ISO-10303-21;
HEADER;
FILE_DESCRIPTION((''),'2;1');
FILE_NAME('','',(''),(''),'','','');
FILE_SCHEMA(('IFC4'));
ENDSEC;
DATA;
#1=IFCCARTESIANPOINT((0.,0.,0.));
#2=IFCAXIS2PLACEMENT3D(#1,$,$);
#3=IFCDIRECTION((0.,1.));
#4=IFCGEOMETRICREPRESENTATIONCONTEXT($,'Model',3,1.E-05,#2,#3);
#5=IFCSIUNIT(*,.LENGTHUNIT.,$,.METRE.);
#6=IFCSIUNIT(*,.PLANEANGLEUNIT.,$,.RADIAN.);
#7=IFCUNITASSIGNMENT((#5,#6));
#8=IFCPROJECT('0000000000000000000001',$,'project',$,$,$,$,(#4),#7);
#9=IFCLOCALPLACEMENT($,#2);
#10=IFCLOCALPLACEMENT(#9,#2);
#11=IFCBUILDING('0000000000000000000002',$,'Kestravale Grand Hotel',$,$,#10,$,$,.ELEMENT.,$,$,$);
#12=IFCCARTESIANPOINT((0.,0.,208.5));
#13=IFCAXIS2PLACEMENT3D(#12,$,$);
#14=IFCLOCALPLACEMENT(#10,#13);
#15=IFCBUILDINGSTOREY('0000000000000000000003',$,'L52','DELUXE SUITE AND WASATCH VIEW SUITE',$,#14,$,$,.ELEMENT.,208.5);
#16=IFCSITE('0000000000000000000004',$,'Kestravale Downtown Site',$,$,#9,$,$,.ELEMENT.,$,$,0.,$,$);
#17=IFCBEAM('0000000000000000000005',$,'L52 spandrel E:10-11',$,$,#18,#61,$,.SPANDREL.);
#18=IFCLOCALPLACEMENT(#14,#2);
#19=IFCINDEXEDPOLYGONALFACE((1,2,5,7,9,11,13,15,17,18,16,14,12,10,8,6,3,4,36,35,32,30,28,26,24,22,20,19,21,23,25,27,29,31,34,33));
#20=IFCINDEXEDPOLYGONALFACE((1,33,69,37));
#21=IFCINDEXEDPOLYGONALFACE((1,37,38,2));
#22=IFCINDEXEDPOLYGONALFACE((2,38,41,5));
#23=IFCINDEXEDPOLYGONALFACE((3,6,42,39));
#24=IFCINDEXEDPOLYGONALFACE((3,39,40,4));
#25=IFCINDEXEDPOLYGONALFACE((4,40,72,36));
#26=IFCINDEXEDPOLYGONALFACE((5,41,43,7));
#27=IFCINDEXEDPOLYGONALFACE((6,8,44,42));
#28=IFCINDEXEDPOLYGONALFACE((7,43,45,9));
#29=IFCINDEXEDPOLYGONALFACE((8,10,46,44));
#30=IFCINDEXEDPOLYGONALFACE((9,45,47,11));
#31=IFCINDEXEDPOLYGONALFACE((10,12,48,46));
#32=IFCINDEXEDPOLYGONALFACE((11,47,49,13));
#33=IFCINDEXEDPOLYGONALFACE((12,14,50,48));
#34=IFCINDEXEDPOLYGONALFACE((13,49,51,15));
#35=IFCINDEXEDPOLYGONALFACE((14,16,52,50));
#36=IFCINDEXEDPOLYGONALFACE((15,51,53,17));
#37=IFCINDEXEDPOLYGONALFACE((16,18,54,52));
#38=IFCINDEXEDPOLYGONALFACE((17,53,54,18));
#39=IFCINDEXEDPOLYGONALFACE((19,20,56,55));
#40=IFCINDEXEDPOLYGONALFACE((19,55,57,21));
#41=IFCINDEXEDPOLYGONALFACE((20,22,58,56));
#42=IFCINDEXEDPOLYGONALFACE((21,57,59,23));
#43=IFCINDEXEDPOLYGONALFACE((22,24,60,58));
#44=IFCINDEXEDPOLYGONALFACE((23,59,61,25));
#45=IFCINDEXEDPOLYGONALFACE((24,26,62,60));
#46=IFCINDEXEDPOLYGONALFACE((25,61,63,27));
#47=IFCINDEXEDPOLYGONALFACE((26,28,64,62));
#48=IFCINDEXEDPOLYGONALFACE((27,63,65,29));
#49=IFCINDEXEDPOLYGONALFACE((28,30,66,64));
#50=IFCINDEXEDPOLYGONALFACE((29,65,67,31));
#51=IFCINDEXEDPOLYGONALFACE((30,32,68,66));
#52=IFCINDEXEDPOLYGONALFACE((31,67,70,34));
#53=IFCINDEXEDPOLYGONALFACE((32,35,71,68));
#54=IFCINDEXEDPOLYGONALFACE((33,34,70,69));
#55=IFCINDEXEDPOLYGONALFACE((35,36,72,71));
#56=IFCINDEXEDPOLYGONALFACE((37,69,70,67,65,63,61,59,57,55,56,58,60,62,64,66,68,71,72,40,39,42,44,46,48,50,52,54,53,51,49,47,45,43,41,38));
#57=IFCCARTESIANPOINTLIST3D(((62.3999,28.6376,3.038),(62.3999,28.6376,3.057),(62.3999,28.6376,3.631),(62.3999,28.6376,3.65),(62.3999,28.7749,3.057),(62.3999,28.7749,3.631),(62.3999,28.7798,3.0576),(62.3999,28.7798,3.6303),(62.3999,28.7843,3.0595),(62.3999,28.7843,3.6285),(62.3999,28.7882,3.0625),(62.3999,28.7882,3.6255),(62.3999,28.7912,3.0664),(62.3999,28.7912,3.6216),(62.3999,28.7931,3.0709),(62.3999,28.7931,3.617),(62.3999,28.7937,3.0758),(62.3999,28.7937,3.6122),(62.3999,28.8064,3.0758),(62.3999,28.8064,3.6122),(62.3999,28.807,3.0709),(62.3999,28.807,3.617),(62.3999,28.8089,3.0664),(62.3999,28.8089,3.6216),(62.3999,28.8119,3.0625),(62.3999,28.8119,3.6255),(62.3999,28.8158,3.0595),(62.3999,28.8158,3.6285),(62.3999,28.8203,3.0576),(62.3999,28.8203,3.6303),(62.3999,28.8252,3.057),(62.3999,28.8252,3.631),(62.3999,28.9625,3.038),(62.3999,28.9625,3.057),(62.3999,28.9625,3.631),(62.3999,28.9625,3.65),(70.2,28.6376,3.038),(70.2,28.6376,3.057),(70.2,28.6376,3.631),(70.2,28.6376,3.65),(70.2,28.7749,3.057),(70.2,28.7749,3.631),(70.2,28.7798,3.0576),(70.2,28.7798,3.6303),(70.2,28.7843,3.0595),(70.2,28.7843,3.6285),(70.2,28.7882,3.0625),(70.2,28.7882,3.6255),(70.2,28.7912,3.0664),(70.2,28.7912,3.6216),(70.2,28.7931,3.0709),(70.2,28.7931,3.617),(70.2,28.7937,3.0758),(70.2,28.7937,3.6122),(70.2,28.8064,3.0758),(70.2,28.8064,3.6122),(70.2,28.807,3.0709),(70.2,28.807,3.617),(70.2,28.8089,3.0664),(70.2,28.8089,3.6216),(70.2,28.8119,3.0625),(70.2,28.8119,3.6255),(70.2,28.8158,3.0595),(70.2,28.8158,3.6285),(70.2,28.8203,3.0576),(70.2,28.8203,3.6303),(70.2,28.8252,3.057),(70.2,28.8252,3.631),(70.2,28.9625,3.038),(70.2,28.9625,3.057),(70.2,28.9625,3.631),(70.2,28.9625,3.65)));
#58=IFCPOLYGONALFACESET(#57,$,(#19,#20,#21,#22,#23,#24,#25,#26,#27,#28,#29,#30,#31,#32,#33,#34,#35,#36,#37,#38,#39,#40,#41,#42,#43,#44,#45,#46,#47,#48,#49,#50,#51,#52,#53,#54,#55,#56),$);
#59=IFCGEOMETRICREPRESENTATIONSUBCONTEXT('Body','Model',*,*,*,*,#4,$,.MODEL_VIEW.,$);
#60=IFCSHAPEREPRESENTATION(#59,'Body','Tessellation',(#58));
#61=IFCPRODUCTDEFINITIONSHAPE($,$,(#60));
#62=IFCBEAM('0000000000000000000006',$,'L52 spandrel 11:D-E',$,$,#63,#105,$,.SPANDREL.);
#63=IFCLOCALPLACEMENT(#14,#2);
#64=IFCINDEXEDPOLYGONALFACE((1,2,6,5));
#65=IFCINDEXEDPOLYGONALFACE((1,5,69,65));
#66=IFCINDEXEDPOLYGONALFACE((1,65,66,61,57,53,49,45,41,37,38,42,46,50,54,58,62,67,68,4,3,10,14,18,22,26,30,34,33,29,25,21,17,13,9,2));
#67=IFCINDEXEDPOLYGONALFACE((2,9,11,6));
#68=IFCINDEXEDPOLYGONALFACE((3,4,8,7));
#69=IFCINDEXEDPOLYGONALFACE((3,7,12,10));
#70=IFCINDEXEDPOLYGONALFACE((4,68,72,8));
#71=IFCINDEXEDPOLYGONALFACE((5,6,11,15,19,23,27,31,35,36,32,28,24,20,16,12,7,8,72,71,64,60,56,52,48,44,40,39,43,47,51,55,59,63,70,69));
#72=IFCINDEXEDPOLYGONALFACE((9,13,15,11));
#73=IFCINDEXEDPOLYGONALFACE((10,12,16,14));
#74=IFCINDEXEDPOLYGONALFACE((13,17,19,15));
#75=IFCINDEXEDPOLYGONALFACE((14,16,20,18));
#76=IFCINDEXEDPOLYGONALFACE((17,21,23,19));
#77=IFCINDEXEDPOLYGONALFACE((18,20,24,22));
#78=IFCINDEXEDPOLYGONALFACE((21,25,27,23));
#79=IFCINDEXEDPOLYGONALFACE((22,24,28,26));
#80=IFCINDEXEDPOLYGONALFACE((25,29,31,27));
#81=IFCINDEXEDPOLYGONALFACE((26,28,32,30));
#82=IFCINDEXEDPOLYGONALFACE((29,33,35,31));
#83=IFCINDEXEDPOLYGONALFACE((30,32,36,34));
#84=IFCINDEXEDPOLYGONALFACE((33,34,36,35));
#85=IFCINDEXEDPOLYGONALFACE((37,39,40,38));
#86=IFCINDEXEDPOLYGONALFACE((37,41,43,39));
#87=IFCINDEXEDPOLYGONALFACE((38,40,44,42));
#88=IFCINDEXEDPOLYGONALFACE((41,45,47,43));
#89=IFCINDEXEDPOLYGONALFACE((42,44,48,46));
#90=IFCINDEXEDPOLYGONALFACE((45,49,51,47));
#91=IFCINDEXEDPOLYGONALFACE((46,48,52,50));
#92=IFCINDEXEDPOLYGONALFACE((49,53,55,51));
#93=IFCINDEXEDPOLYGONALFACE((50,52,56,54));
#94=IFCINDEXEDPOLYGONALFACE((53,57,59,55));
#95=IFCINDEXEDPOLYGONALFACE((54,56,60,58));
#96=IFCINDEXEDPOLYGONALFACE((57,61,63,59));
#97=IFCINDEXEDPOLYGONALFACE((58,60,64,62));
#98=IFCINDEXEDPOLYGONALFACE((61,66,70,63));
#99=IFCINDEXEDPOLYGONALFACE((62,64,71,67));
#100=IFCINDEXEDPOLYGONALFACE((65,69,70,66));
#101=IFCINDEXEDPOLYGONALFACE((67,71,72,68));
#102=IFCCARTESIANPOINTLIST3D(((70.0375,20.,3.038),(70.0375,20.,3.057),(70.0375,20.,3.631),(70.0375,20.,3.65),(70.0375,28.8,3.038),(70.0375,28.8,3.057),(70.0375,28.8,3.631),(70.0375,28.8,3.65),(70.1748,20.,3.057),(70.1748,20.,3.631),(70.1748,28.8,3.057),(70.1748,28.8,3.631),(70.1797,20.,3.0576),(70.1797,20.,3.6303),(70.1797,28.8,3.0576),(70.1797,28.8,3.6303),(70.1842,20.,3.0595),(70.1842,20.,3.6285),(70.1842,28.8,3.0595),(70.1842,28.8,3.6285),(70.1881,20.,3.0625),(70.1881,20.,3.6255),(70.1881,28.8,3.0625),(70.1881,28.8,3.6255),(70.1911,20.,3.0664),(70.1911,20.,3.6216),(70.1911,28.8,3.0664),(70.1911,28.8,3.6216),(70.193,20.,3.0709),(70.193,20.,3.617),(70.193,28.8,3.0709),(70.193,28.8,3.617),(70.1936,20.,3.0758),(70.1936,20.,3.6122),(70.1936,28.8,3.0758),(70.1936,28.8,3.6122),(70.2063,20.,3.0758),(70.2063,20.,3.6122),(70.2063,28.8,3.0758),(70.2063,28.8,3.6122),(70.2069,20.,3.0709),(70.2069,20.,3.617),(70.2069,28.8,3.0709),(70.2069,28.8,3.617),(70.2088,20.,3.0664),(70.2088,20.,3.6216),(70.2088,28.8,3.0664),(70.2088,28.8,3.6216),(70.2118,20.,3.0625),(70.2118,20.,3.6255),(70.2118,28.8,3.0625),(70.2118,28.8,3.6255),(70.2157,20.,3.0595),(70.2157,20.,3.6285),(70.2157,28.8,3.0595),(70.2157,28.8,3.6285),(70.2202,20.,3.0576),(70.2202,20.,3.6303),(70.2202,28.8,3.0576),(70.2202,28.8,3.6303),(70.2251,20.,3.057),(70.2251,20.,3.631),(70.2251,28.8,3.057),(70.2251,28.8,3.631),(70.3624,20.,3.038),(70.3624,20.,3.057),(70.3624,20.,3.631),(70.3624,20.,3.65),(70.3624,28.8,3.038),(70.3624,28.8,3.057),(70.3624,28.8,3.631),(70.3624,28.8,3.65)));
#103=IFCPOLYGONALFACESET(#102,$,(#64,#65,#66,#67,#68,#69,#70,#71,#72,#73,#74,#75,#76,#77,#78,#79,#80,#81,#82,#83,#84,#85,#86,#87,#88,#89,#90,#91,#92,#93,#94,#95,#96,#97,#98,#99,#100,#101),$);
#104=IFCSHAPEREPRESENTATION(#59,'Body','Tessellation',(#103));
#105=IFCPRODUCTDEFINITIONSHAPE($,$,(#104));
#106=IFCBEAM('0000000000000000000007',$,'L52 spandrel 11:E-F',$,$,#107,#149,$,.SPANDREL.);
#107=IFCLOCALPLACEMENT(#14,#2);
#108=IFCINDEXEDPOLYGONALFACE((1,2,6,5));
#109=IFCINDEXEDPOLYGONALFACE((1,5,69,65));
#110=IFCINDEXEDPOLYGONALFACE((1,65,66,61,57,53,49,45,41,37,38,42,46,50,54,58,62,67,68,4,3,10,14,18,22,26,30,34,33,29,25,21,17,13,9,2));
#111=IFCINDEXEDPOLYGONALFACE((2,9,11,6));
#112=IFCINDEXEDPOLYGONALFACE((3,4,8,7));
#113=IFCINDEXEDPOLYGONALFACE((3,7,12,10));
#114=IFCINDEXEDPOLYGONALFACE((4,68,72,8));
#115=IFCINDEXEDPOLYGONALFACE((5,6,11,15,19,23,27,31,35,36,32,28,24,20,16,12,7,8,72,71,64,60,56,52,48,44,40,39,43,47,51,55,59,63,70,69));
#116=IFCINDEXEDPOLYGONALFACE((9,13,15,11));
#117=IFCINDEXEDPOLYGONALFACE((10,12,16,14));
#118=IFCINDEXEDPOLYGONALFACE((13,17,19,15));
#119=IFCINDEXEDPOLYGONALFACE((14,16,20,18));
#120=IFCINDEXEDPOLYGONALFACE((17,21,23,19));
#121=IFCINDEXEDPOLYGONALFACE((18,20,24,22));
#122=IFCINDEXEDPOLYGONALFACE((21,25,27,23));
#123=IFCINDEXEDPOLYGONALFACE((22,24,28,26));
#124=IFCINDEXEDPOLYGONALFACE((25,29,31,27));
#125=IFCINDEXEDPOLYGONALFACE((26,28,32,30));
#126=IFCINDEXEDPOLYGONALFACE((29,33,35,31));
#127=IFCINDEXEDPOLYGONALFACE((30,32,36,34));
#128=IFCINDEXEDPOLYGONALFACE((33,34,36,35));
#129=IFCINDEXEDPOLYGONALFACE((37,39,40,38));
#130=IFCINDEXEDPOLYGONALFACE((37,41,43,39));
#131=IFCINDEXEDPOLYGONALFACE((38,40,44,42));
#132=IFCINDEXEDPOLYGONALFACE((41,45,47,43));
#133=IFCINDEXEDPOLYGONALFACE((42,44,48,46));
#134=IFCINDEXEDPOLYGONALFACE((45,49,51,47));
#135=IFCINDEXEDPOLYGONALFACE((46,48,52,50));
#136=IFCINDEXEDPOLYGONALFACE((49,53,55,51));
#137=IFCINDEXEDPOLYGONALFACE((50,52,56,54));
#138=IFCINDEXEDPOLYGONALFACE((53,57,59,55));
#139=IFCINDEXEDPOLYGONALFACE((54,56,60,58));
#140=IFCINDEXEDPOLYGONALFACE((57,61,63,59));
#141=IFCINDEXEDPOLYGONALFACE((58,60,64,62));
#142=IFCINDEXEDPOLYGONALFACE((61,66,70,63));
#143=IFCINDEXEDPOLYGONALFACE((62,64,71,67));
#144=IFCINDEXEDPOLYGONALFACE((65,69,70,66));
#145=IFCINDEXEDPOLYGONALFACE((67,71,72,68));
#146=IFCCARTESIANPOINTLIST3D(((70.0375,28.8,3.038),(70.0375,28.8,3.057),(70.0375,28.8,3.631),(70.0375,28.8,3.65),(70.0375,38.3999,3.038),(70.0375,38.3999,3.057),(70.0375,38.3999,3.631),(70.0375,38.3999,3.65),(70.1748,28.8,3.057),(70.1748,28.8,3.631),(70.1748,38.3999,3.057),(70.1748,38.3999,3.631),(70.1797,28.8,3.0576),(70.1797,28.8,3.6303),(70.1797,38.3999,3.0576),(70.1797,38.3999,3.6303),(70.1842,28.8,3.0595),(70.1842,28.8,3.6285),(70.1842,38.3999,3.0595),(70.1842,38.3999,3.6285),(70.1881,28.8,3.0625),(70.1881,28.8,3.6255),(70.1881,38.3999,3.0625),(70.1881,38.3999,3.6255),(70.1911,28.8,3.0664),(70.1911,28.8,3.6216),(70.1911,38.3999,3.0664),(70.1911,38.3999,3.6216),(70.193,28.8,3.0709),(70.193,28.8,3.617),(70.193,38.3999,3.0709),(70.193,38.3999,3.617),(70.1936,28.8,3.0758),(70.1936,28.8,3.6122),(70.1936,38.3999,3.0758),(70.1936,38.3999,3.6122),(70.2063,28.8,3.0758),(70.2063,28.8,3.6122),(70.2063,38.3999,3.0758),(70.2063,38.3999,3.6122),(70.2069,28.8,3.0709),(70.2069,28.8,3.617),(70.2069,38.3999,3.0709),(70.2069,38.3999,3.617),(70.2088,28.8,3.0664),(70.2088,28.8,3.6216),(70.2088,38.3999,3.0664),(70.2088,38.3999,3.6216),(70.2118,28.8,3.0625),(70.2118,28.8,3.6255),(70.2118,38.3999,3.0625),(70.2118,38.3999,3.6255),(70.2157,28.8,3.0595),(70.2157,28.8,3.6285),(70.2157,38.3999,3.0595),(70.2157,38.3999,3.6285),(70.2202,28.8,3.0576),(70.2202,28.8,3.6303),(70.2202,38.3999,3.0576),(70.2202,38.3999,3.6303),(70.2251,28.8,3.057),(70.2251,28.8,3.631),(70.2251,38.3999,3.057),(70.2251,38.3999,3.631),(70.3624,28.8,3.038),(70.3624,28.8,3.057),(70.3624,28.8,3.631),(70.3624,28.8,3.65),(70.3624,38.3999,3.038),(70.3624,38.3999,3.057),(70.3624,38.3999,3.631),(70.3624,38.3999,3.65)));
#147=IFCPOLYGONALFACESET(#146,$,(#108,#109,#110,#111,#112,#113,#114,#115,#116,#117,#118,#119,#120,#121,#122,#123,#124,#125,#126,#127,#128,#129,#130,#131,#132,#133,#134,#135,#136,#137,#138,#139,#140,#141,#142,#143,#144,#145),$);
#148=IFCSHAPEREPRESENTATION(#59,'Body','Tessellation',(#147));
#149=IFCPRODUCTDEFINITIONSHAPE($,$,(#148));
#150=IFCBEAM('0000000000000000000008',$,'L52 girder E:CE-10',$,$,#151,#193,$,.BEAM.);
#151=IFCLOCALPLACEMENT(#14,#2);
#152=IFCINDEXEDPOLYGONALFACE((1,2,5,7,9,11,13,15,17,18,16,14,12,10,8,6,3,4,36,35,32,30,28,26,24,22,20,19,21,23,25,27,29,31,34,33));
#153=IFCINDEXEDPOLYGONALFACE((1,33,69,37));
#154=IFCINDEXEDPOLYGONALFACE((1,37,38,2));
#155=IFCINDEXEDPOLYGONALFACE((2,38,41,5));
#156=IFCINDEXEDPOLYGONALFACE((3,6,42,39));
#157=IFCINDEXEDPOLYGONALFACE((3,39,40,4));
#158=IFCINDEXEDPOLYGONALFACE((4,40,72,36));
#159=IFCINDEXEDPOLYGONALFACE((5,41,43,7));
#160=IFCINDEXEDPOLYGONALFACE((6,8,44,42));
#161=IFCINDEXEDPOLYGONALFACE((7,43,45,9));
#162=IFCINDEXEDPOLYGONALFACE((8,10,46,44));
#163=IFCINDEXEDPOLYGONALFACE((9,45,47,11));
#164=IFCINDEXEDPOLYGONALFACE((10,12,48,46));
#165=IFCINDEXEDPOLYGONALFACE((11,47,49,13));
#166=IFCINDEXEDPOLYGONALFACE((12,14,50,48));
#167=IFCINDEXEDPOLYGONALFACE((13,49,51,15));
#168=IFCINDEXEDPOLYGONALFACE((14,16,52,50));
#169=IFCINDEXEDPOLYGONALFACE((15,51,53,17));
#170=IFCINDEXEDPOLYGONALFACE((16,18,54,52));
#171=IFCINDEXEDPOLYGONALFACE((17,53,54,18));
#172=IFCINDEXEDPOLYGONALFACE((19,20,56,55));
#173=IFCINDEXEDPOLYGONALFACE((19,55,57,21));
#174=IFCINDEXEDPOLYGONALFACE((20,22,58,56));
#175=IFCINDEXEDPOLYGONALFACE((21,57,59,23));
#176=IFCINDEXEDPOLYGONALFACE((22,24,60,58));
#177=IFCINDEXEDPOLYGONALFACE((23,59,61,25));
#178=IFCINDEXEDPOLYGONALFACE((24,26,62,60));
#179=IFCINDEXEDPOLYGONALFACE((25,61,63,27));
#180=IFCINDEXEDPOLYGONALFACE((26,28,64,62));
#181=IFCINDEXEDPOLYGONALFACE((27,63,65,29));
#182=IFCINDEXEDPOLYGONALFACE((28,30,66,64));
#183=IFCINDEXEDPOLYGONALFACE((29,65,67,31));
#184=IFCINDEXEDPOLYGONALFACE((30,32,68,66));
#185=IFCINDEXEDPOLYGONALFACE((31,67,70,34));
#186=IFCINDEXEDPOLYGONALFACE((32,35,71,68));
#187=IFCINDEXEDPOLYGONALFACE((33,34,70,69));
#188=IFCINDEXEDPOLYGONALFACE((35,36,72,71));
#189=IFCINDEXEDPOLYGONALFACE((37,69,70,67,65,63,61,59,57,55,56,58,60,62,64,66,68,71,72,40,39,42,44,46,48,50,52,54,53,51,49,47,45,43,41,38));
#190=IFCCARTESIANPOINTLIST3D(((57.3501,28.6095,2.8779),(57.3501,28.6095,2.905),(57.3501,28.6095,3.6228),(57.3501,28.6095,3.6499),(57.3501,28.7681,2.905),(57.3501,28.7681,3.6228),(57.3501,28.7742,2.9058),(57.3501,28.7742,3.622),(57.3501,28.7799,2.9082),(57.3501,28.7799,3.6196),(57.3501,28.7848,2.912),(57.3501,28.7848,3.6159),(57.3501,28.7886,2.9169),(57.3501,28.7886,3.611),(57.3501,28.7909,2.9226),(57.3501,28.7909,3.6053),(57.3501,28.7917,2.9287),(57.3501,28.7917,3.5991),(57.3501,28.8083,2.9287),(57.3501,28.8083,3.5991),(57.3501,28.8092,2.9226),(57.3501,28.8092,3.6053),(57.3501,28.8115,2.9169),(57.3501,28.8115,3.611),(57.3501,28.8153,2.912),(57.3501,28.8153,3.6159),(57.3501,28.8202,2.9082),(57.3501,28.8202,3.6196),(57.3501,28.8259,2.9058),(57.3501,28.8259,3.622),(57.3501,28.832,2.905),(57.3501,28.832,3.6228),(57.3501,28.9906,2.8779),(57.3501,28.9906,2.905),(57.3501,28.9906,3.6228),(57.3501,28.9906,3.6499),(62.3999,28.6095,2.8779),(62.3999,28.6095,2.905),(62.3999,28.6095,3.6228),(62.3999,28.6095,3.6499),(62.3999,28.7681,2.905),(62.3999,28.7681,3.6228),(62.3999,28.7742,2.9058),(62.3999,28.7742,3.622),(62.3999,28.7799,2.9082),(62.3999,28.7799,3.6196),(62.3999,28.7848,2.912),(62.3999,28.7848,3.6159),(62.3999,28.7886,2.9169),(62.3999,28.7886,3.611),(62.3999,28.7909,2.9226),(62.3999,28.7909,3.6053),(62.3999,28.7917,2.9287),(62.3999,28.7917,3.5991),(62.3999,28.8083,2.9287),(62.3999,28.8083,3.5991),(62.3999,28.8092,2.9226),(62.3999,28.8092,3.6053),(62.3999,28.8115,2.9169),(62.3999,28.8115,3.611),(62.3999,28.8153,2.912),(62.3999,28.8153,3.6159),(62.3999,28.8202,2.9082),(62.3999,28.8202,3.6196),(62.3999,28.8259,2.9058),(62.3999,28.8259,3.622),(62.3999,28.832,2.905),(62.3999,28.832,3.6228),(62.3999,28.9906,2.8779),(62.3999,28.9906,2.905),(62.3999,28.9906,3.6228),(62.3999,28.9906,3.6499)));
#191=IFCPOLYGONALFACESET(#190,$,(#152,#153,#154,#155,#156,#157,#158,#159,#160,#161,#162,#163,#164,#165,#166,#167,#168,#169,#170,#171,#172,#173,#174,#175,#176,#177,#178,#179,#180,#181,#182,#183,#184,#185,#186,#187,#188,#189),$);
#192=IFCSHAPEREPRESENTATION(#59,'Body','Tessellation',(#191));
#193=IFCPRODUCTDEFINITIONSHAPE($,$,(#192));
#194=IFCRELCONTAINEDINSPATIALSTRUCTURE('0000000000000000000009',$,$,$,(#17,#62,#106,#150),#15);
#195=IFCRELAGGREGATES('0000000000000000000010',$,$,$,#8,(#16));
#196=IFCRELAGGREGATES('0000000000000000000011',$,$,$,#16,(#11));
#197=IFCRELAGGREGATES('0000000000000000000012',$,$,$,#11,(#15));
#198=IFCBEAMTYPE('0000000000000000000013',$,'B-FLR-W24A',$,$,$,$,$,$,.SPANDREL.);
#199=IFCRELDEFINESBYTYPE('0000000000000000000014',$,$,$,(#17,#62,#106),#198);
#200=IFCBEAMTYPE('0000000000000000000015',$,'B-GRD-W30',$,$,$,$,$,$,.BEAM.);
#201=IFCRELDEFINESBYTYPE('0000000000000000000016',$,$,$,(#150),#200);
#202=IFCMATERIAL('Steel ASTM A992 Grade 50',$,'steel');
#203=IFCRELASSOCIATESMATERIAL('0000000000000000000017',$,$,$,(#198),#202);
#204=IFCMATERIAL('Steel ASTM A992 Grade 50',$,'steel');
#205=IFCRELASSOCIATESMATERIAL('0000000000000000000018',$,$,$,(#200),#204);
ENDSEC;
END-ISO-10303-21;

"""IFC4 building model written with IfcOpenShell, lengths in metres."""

from ifc_helpers import new_model, si_unit, direction, frame, origin, origin_2d, place, context, subcontext, project, spatial, i_section, extrude, material, material_profile, profile_set, type_object, element, save


model = new_model("IFC4")

# Units and contexts
model_context = context("Model", 3, precision=1e-05, world=origin(), true_north=direction((0.0, 1.0)))
body_context = subcontext(model_context, "Body", "Model", "MODEL_VIEW")
ifc_project = project(units=[si_unit("LENGTHUNIT", "METRE"), si_unit("PLANEANGLEUNIT", "RADIAN")], contexts=[model_context])

# Site, building, storey
site_placement = place(None, origin())
site = spatial("IfcSite", under=ifc_project, at=site_placement, Name="Kestravale Downtown Site", CompositionType="ELEMENT", RefElevation=0.0)
building_placement = place(site_placement, origin())
building = spatial("IfcBuilding", under=site, at=building_placement, Name="Kestravale Grand Hotel", CompositionType="ELEMENT")
storey_placement = place(building_placement, frame((0.0, 0.0, 208.5)))
storey = spatial("IfcBuildingStorey", under=building, at=storey_placement, Name="L52", Description="DELUXE SUITE AND WASATCH VIEW SUITE", CompositionType="ELEMENT", Elevation=208.5)

# Beams
ifc_material_1 = material(Name="Steel ASTM A992 Grade 50", Category="steel")
ifc_material_profile_1 = material_profile(ifc_material_1, i_section(OverallWidth=0.325, OverallDepth=0.6121, WebThickness=0.0127, FlangeThickness=0.019, FilletRadius=0.0188, at=origin_2d()))
ifc_profile_set_1 = profile_set([ifc_material_profile_1], Name="Steel ASTM A992 Grade 50")
beam_type_1 = type_object("IfcBeamType", Name="B-FLR-W24A", PredefinedType="SPANDREL", material=ifc_profile_set_1)
beam_1_placement = place(storey_placement, frame((62.3999, 28.8, 3.344), z_axis=(1.0, 0.0, 0.0), x_axis=(0.0, 1.0, 0.0)))
element("IfcBeam", 1, at=beam_1_placement, inside=storey, type_object=beam_type_1, Name="L52 spandrel E:10-11", PredefinedType="SPANDREL", context=body_context, shape_type="SweptSolid", body=[
    extrude(i_section(OverallWidth=0.325, OverallDepth=0.6121, WebThickness=0.0127, FlangeThickness=0.019, FilletRadius=0.0188, at=origin_2d()), origin(), (0.0, 0.0, 1.0), 7.8),
])
beam_2_placement = place(storey_placement, frame((70.2, 20.0, 3.344), z_axis=(0.0, 1.0, 0.0), x_axis=(-1.0, 0.0, 0.0)))
element("IfcBeam", 2, at=beam_2_placement, inside=storey, type_object=beam_type_1, Name="L52 spandrel 11:D-E", PredefinedType="SPANDREL", context=body_context, shape_type="SweptSolid", body=[
    extrude(i_section(OverallWidth=0.325, OverallDepth=0.6121, WebThickness=0.0127, FlangeThickness=0.019, FilletRadius=0.0188, at=origin_2d()), origin(), (0.0, 0.0, 1.0), 8.8),
])
beam_3_placement = place(storey_placement, frame((70.2, 28.8, 3.344), z_axis=(0.0, 1.0, 0.0), x_axis=(-1.0, 0.0, 0.0)))
element("IfcBeam", 3, at=beam_3_placement, inside=storey, type_object=beam_type_1, Name="L52 spandrel 11:E-F", PredefinedType="SPANDREL", context=body_context, shape_type="SweptSolid", body=[
    extrude(i_section(OverallWidth=0.325, OverallDepth=0.6121, WebThickness=0.0127, FlangeThickness=0.019, FilletRadius=0.0188, at=origin_2d()), origin(), (0.0, 0.0, 1.0), 9.5999),
])
ifc_material_2 = material(Name="Steel ASTM A992 Grade 50", Category="steel")
ifc_material_profile_2 = material_profile(ifc_material_2, i_section(OverallWidth=0.3811, OverallDepth=0.772, WebThickness=0.0166, FlangeThickness=0.0271, FilletRadius=0.0237, at=origin_2d()))
ifc_profile_set_2 = profile_set([ifc_material_profile_2], Name="Steel ASTM A992 Grade 50")
beam_type_2 = type_object("IfcBeamType", Name="B-GRD-W30", PredefinedType="BEAM", material=ifc_profile_set_2)
beam_4_placement = place(storey_placement, frame((57.3501, 28.8, 3.2639), z_axis=(1.0, 0.0, 0.0), x_axis=(0.0, 1.0, 0.0)))
element("IfcBeam", 4, at=beam_4_placement, inside=storey, type_object=beam_type_2, Name="L52 girder E:CE-10", PredefinedType="BEAM", context=body_context, shape_type="SweptSolid", body=[
    extrude(i_section(OverallWidth=0.3811, OverallDepth=0.772, WebThickness=0.0166, FlangeThickness=0.0271, FilletRadius=0.0237, at=origin_2d()), origin(), (0.0, 0.0, 1.0), 5.0498),
])

save(model, "model.ifc")
